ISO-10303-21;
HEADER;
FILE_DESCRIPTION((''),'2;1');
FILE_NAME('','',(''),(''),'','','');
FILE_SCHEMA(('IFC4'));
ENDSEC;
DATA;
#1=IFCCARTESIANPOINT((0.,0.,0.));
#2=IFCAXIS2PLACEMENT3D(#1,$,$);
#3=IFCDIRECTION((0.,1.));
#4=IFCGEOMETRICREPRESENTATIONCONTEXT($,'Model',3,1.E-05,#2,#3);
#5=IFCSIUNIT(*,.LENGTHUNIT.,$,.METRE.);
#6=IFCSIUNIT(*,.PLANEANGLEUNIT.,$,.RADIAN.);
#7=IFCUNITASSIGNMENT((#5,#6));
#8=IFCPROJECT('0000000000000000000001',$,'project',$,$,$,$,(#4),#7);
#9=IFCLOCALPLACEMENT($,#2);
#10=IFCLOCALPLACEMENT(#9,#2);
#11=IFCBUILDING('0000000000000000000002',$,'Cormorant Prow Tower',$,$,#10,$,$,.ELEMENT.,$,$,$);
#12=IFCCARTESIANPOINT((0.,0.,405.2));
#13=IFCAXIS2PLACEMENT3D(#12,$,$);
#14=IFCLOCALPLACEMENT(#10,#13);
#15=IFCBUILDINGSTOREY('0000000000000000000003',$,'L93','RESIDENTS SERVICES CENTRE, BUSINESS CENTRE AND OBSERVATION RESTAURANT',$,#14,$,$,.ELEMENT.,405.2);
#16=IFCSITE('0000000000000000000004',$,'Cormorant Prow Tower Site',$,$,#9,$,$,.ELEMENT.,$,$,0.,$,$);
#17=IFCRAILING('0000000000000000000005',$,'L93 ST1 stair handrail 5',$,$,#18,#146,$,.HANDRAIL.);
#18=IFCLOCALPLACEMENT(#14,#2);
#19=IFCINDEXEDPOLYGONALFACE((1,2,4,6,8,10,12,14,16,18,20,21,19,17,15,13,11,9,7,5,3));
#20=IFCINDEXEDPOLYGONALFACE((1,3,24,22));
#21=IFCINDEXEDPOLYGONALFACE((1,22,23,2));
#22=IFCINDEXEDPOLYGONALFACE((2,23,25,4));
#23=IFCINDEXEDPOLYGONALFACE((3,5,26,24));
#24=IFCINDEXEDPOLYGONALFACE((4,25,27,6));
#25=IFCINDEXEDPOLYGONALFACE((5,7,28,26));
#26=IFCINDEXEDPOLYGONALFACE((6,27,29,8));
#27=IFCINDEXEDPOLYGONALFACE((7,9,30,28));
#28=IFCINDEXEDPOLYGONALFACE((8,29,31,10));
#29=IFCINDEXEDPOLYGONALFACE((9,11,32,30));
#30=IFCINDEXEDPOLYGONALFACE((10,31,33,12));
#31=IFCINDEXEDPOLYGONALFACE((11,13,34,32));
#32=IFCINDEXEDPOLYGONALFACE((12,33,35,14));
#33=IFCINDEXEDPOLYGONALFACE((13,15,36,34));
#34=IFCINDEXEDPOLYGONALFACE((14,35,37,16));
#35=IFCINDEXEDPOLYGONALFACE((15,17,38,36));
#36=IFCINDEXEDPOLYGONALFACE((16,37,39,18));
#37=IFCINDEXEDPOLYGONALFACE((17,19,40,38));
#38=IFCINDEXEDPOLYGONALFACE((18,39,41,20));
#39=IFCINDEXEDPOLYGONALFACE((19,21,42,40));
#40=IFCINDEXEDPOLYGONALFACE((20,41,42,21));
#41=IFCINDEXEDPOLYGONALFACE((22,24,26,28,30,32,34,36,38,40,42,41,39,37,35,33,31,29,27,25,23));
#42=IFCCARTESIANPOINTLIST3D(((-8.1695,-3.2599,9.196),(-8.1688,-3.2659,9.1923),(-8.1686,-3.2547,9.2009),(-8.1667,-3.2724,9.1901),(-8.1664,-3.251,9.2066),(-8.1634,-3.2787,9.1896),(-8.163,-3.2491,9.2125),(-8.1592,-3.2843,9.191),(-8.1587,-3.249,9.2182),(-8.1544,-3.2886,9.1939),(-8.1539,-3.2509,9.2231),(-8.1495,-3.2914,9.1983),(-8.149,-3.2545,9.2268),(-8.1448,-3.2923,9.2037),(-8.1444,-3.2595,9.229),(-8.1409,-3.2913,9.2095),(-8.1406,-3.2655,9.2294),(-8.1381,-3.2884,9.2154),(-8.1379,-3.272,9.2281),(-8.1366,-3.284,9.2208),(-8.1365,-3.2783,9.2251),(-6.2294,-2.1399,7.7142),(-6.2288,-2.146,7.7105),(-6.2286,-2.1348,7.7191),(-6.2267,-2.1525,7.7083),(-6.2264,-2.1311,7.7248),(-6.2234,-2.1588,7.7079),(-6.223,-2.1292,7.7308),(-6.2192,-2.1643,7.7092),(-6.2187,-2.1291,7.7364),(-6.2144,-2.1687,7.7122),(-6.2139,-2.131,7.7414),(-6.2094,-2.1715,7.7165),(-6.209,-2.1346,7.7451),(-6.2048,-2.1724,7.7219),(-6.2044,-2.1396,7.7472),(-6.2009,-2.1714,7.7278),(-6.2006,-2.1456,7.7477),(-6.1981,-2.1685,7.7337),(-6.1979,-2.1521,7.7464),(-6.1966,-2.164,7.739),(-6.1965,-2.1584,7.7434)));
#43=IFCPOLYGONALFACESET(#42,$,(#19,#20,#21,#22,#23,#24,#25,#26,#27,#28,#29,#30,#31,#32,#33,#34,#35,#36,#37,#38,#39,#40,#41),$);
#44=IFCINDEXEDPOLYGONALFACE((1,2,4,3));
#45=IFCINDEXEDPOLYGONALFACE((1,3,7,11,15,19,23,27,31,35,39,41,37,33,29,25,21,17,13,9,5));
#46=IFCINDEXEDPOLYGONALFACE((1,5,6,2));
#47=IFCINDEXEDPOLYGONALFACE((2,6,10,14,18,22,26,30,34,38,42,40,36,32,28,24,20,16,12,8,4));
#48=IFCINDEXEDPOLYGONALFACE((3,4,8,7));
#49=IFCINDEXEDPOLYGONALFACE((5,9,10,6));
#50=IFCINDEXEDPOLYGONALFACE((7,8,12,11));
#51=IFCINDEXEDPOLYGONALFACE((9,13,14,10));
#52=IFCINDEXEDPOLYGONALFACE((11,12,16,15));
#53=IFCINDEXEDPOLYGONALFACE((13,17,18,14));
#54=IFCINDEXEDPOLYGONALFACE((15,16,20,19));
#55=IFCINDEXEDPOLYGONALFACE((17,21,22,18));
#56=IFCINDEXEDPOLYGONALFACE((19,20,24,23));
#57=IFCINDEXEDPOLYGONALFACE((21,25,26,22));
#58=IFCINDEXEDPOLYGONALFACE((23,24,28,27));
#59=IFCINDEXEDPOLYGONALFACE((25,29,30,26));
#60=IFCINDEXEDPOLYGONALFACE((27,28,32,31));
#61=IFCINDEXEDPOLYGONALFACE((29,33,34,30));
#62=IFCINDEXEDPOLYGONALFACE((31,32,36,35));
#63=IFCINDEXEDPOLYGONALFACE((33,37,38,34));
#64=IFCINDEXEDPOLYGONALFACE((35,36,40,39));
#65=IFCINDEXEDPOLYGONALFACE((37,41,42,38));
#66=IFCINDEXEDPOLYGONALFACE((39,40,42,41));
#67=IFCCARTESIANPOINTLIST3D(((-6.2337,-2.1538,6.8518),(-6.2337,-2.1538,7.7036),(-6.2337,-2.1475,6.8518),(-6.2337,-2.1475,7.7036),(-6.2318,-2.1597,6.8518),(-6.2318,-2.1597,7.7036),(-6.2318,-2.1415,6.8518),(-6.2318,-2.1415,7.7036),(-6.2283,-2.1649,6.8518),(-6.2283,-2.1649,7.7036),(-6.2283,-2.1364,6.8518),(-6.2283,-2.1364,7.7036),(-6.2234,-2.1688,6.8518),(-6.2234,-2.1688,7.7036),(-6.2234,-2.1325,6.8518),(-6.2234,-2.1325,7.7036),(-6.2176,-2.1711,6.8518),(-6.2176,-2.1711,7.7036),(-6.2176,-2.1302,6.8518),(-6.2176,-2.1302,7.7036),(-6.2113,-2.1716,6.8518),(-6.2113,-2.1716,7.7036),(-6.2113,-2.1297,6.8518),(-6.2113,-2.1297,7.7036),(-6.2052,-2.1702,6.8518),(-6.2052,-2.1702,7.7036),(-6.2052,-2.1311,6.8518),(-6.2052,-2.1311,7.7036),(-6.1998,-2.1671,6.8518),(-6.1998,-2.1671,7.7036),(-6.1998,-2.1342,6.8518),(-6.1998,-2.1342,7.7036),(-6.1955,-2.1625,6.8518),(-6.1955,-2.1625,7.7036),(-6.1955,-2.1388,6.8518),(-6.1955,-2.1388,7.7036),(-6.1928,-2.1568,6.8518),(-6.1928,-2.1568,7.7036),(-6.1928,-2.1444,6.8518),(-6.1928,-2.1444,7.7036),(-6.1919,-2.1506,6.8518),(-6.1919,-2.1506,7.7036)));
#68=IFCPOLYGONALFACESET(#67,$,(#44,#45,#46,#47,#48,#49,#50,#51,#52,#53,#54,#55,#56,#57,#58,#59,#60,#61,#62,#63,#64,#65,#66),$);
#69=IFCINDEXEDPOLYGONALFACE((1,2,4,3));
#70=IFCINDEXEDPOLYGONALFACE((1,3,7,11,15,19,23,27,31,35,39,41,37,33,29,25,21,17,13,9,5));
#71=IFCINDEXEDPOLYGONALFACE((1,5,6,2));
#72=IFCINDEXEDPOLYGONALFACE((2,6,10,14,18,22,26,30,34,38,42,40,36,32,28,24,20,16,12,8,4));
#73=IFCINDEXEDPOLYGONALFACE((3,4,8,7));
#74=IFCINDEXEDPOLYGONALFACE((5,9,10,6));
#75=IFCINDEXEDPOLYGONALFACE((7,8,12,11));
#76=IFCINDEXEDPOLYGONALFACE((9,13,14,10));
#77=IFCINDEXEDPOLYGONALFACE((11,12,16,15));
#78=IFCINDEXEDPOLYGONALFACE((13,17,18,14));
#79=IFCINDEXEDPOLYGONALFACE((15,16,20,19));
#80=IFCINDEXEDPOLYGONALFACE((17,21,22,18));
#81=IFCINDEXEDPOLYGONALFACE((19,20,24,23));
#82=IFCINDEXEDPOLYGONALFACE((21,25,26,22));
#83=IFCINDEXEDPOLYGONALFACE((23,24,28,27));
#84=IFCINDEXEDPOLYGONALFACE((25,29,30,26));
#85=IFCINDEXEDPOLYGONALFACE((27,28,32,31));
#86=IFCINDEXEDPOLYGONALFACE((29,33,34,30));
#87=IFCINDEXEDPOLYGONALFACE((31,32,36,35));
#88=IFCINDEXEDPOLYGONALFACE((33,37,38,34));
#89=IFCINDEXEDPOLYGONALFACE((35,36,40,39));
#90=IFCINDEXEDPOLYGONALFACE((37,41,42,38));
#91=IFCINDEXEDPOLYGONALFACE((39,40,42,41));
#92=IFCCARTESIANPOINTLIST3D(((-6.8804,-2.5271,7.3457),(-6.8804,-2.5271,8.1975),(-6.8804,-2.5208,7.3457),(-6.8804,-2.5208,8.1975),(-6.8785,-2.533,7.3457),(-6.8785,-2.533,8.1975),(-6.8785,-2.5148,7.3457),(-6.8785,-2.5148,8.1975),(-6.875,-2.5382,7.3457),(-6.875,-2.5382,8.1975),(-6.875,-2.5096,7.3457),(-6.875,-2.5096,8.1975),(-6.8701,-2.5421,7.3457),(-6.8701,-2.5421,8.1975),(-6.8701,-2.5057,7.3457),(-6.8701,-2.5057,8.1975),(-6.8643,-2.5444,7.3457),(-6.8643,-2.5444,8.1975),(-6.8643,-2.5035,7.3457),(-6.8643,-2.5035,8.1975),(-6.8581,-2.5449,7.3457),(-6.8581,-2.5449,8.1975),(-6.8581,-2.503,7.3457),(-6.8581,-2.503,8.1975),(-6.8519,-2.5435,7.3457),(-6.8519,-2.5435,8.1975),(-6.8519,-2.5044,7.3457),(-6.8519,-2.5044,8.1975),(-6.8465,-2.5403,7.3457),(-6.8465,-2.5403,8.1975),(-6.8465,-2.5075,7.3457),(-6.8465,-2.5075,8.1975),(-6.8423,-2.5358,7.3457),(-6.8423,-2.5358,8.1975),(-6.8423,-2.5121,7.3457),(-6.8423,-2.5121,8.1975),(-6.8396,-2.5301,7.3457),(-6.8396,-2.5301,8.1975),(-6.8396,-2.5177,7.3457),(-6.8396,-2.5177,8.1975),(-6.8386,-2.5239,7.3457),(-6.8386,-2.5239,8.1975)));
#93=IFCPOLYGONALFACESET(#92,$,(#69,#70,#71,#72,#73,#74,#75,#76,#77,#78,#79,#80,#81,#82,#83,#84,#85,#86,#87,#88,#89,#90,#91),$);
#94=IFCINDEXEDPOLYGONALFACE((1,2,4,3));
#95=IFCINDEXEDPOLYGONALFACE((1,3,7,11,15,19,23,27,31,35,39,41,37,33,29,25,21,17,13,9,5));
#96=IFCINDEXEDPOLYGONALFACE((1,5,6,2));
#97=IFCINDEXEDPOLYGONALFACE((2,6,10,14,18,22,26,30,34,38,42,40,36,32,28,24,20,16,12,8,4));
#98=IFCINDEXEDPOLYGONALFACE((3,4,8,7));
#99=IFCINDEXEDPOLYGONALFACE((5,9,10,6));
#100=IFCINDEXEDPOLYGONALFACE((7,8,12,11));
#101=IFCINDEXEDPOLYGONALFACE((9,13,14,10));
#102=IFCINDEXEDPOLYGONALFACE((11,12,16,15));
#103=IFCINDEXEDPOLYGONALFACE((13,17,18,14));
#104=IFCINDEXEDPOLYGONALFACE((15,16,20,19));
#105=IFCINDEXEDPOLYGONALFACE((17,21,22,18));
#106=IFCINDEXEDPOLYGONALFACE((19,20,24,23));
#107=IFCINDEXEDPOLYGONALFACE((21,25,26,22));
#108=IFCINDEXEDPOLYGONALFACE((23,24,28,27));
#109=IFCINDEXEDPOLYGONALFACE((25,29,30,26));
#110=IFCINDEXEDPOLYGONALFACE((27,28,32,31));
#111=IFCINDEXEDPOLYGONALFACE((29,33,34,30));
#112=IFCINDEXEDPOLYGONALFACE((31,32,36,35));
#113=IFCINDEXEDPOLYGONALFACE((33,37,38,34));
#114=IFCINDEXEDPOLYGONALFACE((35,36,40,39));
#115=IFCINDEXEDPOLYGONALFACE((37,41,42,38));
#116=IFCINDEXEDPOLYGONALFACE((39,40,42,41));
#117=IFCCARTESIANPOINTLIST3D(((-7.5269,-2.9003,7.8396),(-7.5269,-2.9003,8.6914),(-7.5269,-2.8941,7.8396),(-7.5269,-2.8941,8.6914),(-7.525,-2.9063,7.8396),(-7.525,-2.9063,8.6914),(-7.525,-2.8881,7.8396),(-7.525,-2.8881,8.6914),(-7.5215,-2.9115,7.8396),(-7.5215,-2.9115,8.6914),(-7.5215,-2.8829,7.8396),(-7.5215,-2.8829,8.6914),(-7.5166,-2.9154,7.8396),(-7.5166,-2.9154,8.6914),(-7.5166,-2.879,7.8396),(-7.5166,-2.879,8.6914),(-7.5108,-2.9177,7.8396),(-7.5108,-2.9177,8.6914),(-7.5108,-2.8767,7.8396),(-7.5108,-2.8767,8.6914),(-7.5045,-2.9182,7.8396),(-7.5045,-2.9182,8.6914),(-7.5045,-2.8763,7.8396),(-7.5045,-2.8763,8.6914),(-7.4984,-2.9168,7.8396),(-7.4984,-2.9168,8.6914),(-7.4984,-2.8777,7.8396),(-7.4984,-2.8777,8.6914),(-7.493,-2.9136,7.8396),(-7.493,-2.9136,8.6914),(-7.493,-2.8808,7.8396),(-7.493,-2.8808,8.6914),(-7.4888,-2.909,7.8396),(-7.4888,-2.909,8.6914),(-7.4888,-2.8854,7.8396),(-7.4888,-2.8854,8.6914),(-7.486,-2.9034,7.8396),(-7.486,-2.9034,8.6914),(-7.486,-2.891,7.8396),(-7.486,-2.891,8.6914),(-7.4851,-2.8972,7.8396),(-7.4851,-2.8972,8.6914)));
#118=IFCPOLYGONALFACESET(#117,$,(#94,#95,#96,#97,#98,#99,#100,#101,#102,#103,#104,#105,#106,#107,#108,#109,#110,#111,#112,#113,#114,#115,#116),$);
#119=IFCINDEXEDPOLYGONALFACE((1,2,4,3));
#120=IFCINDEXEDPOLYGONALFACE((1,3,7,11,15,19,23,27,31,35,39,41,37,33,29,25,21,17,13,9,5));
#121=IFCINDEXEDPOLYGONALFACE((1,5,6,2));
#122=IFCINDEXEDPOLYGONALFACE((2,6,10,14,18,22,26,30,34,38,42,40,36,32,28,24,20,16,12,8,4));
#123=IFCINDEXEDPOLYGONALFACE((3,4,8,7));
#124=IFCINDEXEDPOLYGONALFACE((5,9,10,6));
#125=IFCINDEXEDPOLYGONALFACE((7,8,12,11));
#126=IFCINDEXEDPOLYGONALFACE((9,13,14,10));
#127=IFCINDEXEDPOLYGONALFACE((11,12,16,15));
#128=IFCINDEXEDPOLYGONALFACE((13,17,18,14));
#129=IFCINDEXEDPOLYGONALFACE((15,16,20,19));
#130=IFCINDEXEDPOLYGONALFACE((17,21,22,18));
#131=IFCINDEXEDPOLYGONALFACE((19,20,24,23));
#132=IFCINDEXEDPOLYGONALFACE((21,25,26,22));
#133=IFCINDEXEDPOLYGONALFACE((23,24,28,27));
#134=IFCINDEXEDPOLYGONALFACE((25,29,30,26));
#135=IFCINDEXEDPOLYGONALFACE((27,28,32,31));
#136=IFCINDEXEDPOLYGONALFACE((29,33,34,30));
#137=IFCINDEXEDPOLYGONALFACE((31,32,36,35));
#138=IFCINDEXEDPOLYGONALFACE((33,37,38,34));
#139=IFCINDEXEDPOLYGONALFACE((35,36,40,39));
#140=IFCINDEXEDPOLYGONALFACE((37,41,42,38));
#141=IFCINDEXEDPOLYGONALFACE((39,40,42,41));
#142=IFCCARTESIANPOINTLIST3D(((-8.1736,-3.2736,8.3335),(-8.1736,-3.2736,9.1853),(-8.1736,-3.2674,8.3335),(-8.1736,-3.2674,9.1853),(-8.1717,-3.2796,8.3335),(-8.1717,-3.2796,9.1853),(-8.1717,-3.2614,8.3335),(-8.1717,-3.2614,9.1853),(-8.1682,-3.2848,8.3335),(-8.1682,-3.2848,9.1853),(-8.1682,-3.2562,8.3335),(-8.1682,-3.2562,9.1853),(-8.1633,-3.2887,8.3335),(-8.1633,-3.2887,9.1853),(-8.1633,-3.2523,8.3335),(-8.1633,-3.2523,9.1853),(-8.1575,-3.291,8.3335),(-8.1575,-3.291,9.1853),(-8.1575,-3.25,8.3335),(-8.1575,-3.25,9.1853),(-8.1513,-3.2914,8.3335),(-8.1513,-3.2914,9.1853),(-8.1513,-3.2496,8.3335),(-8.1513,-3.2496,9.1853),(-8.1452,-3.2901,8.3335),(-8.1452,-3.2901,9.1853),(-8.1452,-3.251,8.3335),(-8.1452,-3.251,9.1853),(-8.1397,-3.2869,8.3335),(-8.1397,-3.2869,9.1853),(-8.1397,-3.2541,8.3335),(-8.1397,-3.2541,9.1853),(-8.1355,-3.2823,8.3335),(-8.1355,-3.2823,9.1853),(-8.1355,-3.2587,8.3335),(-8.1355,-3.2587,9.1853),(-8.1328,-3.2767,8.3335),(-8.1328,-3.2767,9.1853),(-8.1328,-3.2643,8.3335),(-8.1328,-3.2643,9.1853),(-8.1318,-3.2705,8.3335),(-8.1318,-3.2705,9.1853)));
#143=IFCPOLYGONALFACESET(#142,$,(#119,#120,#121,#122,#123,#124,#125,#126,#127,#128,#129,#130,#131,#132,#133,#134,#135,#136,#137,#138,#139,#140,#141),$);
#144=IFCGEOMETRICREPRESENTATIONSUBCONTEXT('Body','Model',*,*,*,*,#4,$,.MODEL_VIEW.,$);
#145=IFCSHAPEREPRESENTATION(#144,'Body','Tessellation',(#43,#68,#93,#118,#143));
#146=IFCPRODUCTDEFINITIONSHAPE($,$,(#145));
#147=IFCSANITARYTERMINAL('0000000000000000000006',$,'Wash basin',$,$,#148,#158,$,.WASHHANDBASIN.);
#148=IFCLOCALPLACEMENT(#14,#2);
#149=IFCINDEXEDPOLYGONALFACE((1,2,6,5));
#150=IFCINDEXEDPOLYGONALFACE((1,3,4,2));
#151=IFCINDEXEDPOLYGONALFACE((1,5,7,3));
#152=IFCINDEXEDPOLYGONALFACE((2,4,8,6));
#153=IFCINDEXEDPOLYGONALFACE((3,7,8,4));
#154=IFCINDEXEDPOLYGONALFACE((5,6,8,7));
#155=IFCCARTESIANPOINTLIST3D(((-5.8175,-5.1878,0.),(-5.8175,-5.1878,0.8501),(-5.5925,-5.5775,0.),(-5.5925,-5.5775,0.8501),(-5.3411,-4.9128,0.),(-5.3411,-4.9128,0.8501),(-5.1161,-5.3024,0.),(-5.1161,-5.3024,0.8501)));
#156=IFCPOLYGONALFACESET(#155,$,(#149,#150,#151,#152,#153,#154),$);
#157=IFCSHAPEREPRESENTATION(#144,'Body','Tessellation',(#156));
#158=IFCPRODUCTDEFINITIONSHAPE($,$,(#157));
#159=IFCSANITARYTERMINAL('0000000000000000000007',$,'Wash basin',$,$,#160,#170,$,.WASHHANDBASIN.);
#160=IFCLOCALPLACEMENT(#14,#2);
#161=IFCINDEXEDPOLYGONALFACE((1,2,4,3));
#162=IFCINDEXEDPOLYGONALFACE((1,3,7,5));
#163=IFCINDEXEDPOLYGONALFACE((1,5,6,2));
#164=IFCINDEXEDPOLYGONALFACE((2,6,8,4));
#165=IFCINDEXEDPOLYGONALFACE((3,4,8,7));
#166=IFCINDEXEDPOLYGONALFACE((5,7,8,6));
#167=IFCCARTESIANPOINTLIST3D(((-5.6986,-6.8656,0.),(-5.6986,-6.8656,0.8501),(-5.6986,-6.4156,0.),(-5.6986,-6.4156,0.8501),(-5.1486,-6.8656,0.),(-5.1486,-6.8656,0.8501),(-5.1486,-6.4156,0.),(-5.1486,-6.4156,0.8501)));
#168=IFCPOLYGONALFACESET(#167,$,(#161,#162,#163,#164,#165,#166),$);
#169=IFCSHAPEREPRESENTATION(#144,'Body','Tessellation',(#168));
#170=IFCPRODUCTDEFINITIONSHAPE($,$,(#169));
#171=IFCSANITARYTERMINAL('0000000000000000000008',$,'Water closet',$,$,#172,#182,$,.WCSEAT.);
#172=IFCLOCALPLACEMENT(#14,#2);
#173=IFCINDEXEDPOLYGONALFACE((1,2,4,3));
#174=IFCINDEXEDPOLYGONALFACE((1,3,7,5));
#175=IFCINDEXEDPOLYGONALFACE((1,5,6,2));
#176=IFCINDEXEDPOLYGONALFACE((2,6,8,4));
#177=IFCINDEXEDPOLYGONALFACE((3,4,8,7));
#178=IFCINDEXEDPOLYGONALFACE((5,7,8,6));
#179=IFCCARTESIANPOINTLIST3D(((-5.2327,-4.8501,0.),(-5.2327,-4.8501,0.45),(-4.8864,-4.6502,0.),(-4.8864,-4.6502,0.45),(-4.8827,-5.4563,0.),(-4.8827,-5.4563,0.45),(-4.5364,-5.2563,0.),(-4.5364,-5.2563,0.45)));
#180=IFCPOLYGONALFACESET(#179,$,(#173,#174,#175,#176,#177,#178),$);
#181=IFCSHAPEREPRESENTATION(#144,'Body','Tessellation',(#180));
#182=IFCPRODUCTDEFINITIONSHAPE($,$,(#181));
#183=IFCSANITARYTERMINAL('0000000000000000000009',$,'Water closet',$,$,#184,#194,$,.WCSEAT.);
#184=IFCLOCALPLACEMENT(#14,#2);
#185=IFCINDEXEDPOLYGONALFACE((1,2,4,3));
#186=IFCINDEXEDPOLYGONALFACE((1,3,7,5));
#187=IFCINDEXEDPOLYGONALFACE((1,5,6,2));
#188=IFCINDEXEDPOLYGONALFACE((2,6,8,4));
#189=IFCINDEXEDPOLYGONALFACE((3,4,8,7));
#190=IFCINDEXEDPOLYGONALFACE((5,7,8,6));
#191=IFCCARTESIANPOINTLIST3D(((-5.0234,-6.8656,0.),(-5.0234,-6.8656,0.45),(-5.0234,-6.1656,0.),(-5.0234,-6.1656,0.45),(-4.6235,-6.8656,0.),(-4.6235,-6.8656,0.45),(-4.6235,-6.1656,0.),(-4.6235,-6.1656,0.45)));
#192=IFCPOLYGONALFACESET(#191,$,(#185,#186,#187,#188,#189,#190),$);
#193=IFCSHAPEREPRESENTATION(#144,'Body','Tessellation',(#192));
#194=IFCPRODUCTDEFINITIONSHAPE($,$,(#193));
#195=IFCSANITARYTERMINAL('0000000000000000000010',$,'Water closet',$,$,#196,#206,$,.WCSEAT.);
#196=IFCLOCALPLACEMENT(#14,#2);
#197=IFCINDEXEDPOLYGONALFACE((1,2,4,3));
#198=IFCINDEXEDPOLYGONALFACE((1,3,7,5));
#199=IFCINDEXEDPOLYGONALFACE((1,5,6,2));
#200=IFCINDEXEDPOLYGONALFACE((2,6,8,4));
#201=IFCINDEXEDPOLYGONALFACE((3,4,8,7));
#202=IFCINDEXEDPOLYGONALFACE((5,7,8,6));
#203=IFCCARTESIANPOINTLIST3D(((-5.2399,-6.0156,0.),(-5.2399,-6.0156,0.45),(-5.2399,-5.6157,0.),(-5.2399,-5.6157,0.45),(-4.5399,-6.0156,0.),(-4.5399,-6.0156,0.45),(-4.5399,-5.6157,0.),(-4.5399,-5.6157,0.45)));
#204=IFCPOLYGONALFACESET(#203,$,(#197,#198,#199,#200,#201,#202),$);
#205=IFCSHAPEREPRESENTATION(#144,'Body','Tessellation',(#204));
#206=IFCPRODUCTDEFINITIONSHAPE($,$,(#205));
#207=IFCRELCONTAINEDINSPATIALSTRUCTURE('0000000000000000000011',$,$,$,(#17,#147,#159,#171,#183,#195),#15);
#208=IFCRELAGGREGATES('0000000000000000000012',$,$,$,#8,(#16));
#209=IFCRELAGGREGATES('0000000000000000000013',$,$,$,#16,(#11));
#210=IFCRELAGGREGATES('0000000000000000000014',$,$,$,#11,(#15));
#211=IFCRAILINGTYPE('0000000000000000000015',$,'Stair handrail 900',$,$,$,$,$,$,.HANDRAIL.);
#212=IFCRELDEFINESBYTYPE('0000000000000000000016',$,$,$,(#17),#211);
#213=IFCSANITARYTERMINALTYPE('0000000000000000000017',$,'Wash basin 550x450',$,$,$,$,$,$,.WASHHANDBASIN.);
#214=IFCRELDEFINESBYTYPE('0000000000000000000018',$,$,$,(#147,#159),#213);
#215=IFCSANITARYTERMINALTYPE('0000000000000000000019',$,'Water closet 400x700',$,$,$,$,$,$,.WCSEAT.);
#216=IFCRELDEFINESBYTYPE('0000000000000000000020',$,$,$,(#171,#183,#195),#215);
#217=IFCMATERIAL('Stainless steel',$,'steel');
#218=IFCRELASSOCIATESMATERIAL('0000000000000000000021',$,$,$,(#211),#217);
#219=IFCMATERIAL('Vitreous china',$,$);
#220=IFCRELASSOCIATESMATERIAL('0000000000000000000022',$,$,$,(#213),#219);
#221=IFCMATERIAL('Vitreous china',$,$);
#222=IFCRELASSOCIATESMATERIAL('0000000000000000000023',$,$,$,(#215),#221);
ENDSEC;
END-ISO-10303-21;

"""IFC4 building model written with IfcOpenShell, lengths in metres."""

from ifc_helpers import new_model, si_unit, direction, frame, origin, origin_2d, place, context, subcontext, project, spatial, rectangle, circle, extrude, material, type_object, element, save


model = new_model("IFC4")

# Units and contexts
model_context = context("Model", 3, precision=1e-05, world=origin(), true_north=direction((0.0, 1.0)))
body_context = subcontext(model_context, "Body", "Model", "MODEL_VIEW")
ifc_project = project(units=[si_unit("LENGTHUNIT", "METRE"), si_unit("PLANEANGLEUNIT", "RADIAN")], contexts=[model_context])

# Site, building, storey
site_placement = place(None, origin())
site = spatial("IfcSite", under=ifc_project, at=site_placement, Name="Cormorant Prow Tower Site", CompositionType="ELEMENT", RefElevation=0.0)
building_placement = place(site_placement, origin())
building = spatial("IfcBuilding", under=site, at=building_placement, Name="Cormorant Prow Tower", CompositionType="ELEMENT")
storey_placement = place(building_placement, frame((0.0, 0.0, 405.2)))
storey = spatial("IfcBuildingStorey", under=building, at=storey_placement, Name="L93", Description="RESIDENTS SERVICES CENTRE, BUSINESS CENTRE AND OBSERVATION RESTAURANT", CompositionType="ELEMENT", Elevation=405.2)

# Railing
ifc_material_1 = material(Name="Stainless steel", Category="steel")
railing_type_1 = type_object("IfcRailingType", Name="Stair handrail 900", PredefinedType="HANDRAIL", material=ifc_material_1)
railing_1_placement = place(storey_placement, frame((-6.2129, -2.1506, 6.8518)))
element("IfcRailing", 1, at=railing_1_placement, inside=storey, type_object=railing_type_1, Name="L93 ST1 stair handrail 5", PredefinedType="HANDRAIL", context=body_context, shape_type="SweptSolid", body=[
    extrude(circle(Radius=0.0239, at=origin_2d()), frame((0.0, 0.0, 0.876), z_axis=(-0.722327, -0.416979, 0.551699), x_axis=(0.499949, -0.866055, 0.0)), (0.0, 0.0, 1.0), 2.6858),
    extrude(circle(Radius=0.021, at=origin_2d()), origin(), (0.0, 0.0, 1.0), 0.8518),
    extrude(circle(Radius=0.021, at=origin_2d()), frame((-0.6467, -0.3733, 0.4939)), (0.0, 0.0, 1.0), 0.8518),
    extrude(circle(Radius=0.021, at=origin_2d()), frame((-1.2932, -0.7466, 0.9878)), (0.0, 0.0, 1.0), 0.8518),
    extrude(circle(Radius=0.021, at=origin_2d()), frame((-1.9399, -1.1199, 1.4817)), (0.0, 0.0, 1.0), 0.8518),
])

# Sanitary terminals
ifc_material_2 = material(Name="Vitreous china")
sanitary_terminal_type_1 = type_object("IfcSanitaryTerminalType", Name="Wash basin 550x450", PredefinedType="WASHHANDBASIN", material=ifc_material_2)
for number, where, z_axis, x_axis, name in (
    (2, (-5.4668, -5.2451, 0.0), (0.0, 0.0, 1.0), (-0.866017, -0.500015, 0.0), "Wash basin"),
    (3, (-5.4236, -6.6406, 0.0), (0.0, 0.0, 1.0), (1.0, 0.0, 0.0), "Wash basin"),
):
    element("IfcSanitaryTerminal", number, at=place(storey_placement, frame(where, z_axis=z_axis, x_axis=x_axis)), inside=storey, type_object=sanitary_terminal_type_1, Name=name, PredefinedType="WASHHANDBASIN", context=body_context, shape_type="SweptSolid", body=[
        extrude(rectangle(XDim=0.55, YDim=0.45, at=origin_2d()), origin(), (0.0, 0.0, 1.0), 0.8501),
    ])
ifc_material_3 = material(Name="Vitreous china")
sanitary_terminal_type_2 = type_object("IfcSanitaryTerminalType", Name="Water closet 400x700", PredefinedType="WCSEAT", material=ifc_material_3)
for number, where, z_axis, x_axis, name in (
    (4, (-4.8845, -5.0532, 0.0), (0.0, 0.0, 1.0), (-0.866017, -0.500015, 0.0), "Water closet"),
    (5, (-4.8235, -6.5156, 0.0), (0.0, 0.0, 1.0), (1.0, 0.0, 0.0), "Water closet"),
    (6, (-4.8899, -5.8157, 0.0), (0.0, 0.0, 1.0), (0.0, 1.0, 0.0), "Water closet"),
):
    element("IfcSanitaryTerminal", number, at=place(storey_placement, frame(where, z_axis=z_axis, x_axis=x_axis)), inside=storey, type_object=sanitary_terminal_type_2, Name=name, PredefinedType="WCSEAT", context=body_context, shape_type="SweptSolid", body=[
        extrude(rectangle(XDim=0.3999, YDim=0.7, at=origin_2d()), origin(), (0.0, 0.0, 1.0), 0.45),
    ])

save(model, "model.ifc")
